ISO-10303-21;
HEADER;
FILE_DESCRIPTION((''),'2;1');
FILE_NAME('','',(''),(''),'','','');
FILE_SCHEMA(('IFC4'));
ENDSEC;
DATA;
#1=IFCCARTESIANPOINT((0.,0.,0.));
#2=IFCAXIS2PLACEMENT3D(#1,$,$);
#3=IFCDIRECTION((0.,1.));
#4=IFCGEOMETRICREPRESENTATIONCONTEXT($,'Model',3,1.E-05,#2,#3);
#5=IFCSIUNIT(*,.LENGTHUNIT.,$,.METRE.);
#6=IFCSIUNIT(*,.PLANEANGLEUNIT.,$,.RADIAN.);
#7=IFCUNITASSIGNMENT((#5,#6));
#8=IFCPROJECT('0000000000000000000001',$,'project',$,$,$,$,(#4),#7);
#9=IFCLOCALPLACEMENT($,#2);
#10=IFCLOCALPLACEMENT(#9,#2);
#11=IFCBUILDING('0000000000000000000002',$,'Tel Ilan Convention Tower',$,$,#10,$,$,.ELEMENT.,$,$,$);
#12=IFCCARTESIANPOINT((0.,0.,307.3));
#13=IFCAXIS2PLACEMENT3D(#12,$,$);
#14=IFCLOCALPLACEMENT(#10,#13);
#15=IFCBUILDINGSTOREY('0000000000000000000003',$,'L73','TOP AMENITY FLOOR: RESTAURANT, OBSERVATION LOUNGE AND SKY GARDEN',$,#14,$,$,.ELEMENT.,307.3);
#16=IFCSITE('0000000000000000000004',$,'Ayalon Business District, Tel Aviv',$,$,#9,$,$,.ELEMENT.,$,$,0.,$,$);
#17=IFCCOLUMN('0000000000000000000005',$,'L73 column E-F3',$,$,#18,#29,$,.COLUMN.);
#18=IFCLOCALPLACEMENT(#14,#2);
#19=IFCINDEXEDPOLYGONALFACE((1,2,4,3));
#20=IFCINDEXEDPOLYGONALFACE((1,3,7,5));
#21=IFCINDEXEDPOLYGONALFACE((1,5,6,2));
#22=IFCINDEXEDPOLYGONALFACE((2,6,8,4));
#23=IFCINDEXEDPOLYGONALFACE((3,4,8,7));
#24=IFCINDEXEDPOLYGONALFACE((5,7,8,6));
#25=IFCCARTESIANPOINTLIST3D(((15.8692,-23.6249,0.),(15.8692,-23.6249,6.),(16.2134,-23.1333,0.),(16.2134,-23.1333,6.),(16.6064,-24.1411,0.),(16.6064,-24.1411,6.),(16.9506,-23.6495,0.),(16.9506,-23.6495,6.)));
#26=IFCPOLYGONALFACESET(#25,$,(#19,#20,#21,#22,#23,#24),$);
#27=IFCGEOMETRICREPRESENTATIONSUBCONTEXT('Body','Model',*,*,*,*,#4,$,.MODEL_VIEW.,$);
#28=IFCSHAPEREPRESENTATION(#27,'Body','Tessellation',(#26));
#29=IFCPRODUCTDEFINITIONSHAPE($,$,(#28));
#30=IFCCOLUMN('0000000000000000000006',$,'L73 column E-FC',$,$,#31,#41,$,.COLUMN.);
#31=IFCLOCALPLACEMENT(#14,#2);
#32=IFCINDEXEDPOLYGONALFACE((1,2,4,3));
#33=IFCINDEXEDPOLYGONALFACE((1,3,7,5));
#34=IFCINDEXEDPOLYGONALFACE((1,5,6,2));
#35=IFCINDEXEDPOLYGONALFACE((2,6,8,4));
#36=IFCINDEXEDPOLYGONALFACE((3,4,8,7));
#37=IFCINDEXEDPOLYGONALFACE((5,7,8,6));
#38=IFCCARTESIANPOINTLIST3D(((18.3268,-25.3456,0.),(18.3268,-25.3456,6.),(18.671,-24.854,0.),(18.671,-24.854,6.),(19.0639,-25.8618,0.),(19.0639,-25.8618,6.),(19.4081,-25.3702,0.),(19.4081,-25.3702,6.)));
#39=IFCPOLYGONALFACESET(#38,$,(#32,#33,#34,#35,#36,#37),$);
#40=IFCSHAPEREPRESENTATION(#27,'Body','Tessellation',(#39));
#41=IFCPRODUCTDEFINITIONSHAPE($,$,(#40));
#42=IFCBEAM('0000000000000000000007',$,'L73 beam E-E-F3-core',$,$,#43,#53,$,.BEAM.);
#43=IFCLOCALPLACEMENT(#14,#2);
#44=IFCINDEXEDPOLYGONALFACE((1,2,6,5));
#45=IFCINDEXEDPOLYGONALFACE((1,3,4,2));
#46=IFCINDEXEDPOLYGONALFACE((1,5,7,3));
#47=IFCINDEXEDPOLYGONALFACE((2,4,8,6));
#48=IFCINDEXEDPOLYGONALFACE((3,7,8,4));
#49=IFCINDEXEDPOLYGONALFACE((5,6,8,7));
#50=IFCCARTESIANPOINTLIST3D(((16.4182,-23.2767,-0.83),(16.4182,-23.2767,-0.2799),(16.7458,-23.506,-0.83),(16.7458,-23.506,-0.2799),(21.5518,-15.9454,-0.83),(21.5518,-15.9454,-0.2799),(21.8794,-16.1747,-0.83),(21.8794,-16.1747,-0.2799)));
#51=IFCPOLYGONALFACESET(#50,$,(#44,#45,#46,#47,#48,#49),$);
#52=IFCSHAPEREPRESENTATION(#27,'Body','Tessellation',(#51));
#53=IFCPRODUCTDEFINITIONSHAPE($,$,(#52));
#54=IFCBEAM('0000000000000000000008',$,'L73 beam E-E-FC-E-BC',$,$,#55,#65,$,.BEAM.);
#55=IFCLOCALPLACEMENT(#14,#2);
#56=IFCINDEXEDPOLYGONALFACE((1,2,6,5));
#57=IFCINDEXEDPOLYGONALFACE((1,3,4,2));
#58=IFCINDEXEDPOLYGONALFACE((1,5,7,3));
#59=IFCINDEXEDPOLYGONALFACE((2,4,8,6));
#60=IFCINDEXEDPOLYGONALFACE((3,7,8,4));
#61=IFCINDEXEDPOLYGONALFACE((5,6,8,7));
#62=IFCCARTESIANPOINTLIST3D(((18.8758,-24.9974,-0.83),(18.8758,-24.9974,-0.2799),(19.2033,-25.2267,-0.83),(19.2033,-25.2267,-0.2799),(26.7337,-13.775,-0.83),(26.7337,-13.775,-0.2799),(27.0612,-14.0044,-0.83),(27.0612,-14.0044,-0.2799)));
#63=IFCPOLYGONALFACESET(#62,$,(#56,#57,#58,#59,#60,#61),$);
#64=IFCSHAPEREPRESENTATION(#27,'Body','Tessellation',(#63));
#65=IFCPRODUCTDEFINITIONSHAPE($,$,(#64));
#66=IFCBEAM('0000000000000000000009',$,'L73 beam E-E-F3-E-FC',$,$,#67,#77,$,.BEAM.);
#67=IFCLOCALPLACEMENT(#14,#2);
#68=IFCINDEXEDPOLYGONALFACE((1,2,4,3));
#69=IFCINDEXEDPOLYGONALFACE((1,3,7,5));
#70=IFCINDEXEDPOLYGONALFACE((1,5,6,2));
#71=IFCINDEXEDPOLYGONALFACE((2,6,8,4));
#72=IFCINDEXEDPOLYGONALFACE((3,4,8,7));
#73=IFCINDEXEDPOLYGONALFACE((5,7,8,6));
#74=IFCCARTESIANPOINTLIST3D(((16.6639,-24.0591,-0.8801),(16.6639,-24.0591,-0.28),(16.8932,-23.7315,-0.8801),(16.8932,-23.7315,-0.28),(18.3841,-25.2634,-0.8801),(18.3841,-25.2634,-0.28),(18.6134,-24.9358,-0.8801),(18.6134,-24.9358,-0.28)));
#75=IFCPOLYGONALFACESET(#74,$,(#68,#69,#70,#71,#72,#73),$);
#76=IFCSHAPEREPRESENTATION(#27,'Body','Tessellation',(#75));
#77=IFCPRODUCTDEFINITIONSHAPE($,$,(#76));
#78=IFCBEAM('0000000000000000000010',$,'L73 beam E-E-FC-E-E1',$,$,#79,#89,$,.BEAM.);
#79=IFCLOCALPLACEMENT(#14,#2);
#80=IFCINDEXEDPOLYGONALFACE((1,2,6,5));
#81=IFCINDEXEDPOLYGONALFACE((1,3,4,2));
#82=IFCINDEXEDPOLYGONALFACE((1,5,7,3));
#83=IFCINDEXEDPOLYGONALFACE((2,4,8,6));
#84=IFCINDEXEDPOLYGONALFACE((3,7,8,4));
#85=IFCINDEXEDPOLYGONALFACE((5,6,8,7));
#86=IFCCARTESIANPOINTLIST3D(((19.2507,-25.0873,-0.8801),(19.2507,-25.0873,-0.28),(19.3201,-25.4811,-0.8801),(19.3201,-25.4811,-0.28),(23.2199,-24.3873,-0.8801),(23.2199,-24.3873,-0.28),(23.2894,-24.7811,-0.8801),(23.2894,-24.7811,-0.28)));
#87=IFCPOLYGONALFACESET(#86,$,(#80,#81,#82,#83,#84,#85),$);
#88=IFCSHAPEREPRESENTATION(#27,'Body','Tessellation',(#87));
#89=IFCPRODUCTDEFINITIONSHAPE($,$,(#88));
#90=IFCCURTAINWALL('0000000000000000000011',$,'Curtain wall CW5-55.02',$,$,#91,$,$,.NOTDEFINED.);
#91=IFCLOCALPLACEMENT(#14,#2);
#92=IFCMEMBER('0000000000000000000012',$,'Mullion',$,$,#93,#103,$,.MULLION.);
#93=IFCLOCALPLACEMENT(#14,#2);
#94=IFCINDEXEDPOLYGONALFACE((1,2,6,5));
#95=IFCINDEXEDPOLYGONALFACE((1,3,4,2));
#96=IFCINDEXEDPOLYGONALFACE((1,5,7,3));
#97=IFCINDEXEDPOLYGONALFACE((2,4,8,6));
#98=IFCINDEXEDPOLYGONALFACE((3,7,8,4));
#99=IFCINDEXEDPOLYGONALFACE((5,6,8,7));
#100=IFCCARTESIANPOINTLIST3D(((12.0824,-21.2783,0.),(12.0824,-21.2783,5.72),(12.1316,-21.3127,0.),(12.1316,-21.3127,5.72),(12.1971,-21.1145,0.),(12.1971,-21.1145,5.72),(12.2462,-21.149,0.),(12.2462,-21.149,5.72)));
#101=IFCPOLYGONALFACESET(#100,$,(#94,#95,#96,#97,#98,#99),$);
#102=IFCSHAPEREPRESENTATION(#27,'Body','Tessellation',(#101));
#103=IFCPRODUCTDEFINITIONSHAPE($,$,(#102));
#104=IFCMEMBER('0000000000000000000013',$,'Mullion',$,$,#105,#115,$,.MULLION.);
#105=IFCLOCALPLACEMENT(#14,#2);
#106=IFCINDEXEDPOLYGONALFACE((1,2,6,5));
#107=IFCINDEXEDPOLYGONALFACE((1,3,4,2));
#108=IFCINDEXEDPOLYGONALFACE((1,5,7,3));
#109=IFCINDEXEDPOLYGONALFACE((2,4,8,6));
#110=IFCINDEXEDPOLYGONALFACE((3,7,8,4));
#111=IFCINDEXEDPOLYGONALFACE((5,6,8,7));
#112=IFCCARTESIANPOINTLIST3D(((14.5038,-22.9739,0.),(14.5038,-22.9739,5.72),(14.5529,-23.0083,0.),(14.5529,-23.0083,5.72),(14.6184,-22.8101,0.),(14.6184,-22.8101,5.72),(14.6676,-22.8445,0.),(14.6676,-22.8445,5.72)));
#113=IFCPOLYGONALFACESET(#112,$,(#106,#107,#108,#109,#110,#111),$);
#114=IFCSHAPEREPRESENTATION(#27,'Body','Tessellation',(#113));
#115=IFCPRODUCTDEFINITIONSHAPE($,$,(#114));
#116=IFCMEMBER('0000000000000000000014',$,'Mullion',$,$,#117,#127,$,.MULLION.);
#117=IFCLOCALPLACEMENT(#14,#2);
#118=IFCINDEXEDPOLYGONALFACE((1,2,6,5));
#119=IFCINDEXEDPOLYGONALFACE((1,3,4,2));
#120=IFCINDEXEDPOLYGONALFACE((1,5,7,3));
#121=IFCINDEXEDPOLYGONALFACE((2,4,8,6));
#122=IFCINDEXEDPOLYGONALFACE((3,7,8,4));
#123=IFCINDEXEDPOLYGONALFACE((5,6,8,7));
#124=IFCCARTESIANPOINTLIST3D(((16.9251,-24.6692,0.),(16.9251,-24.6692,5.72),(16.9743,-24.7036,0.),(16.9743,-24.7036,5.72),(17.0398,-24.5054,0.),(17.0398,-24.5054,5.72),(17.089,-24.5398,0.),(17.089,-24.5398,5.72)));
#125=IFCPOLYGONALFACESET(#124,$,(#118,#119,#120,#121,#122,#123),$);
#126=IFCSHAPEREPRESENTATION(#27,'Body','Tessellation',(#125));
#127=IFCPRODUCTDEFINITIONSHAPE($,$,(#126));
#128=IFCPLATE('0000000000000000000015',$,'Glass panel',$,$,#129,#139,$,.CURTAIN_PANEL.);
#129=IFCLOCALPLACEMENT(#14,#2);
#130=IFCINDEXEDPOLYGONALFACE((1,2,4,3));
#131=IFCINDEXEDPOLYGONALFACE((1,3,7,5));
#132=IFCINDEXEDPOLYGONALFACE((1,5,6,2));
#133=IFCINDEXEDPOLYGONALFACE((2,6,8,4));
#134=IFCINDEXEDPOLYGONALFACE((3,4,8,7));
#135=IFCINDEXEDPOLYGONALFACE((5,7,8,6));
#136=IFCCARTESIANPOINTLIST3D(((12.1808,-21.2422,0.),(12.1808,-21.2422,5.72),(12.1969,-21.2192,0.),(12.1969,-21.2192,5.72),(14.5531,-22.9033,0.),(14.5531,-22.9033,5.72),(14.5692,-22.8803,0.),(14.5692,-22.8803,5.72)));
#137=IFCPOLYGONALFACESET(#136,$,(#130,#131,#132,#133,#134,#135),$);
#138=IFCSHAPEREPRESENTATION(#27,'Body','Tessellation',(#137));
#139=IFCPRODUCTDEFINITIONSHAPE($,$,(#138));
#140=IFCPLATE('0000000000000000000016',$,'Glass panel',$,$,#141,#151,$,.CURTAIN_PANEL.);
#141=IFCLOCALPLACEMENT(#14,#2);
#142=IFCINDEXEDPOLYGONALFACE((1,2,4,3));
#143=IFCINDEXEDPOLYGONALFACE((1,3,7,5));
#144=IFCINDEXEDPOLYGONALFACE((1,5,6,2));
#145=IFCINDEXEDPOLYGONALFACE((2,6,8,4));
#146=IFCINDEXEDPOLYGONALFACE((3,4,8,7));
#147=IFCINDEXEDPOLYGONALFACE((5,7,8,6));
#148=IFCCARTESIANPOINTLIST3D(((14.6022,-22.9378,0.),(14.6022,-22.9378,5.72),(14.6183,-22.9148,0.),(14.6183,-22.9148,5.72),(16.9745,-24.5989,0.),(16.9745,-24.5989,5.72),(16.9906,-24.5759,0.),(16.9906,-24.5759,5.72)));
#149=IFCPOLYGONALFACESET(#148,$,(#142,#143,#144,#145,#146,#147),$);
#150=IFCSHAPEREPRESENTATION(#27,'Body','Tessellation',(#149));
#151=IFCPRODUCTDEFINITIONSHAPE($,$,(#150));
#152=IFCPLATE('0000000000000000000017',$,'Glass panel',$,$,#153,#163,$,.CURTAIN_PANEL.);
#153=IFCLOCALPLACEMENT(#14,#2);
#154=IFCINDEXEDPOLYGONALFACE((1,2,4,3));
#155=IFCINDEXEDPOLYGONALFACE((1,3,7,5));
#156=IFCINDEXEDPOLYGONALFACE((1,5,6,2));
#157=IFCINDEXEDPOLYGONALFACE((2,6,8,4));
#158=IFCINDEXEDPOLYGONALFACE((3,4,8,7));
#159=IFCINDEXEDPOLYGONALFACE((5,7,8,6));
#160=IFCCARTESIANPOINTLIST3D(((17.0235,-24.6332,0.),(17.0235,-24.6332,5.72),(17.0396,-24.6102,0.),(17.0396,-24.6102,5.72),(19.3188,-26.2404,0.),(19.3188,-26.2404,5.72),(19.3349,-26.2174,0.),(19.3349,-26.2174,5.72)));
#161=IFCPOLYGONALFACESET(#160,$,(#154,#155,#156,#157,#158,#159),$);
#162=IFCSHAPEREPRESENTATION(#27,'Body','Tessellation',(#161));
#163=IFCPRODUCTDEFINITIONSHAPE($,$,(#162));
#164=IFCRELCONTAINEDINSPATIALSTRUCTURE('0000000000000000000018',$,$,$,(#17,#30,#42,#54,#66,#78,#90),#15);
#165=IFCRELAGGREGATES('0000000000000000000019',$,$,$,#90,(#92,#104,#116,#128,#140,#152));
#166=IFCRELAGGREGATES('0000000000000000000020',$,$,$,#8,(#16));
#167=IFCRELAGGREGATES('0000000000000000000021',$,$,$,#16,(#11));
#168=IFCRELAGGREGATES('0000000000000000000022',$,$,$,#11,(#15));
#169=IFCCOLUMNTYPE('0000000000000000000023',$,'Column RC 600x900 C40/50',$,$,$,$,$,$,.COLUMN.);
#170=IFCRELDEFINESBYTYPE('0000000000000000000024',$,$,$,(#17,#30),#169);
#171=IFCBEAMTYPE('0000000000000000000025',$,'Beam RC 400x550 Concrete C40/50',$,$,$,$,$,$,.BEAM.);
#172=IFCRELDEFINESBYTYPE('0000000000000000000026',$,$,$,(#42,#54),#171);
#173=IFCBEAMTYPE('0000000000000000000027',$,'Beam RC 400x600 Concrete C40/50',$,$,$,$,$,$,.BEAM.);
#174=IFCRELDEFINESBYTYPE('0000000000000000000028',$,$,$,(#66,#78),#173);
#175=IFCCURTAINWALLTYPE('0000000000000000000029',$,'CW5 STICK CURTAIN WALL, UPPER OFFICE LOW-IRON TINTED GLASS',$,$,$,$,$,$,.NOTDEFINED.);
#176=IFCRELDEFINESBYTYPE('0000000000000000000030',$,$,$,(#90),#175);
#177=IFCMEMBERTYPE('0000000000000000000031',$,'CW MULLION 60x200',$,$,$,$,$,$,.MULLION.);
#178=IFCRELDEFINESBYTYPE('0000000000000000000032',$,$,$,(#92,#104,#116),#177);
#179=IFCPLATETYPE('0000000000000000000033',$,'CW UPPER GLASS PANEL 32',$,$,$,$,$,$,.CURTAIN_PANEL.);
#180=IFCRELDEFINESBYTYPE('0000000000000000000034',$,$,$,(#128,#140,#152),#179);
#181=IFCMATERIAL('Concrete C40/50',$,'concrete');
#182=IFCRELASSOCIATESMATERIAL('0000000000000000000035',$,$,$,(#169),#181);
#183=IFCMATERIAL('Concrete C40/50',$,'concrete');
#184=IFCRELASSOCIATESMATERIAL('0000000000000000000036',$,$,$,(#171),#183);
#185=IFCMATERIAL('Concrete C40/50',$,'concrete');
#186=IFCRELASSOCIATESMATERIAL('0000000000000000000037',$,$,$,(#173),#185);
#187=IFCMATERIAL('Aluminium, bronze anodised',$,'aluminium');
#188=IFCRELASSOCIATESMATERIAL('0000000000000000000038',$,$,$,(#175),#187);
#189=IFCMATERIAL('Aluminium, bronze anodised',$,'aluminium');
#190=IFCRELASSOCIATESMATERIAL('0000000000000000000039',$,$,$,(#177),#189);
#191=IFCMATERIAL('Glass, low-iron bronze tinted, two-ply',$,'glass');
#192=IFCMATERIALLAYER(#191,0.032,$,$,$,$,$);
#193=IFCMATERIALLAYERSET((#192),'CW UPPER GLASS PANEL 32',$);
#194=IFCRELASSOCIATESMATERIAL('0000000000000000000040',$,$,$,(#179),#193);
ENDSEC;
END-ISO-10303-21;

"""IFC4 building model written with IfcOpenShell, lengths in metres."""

from ifc_helpers import new_model, si_unit, direction, frame, origin, origin_2d, place, context, subcontext, project, spatial, rectangle, extrude, material, layer, layer_set, material_profile, profile_set, type_object, element, aggregate, save


model = new_model("IFC4")

# Units and contexts
model_context = context("Model", 3, precision=1e-05, world=origin(), true_north=direction((0.0, 1.0)))
body_context = subcontext(model_context, "Body", "Model", "MODEL_VIEW")
ifc_project = project(units=[si_unit("LENGTHUNIT", "METRE"), si_unit("PLANEANGLEUNIT", "RADIAN")], contexts=[model_context])

# Site, building, storey
site_placement = place(None, origin())
site = spatial("IfcSite", under=ifc_project, at=site_placement, Name="Ayalon Business District, Tel Aviv", CompositionType="ELEMENT", RefElevation=0.0)
building_placement = place(site_placement, origin())
building = spatial("IfcBuilding", under=site, at=building_placement, Name="Tel Ilan Convention Tower", CompositionType="ELEMENT")
storey_placement = place(building_placement, frame((0.0, 0.0, 307.3)))
storey = spatial("IfcBuildingStorey", under=building, at=storey_placement, Name="L73", Description="TOP AMENITY FLOOR: RESTAURANT, OBSERVATION LOUNGE AND SKY GARDEN", CompositionType="ELEMENT", Elevation=307.3)

# Columns
ifc_material_1 = material(Name="Concrete C40/50", Category="concrete")
ifc_material_profile_1 = material_profile(ifc_material_1, rectangle(XDim=0.8999, YDim=0.6001, at=origin_2d()), Name="RC 600x900")
ifc_profile_set_1 = profile_set([ifc_material_profile_1], Name="Concrete C40/50")
column_type = type_object("IfcColumnType", Name="Column RC 600x900 C40/50", PredefinedType="COLUMN", material=ifc_profile_set_1)
for number, where, z_axis, x_axis, name in (
    (1, (16.4099, -23.6372, 0.0), (0.0, 0.0, 1.0), (0.819152, -0.573576, 0.0), "L73 column E-F3"),
    (2, (18.8674, -25.3579, 0.0), (0.0, 0.0, 1.0), (0.819152, -0.573576, 0.0), "L73 column E-FC"),
):
    element("IfcColumn", number, at=place(storey_placement, frame(where, z_axis=z_axis, x_axis=x_axis)), inside=storey, type_object=column_type, Name=name, PredefinedType="COLUMN", context=body_context, shape_type="SweptSolid", body=[
        extrude(rectangle(XDim=0.8999, YDim=0.6001, at=origin_2d()), origin(), (0.0, 0.0, 1.0), 6.0),
    ])

# Beams
ifc_material_2 = material(Name="Concrete C40/50", Category="concrete")
ifc_material_profile_2 = material_profile(ifc_material_2, rectangle(XDim=0.3999, YDim=0.55, at=origin_2d()), Name="RC 400x550")
ifc_profile_set_2 = profile_set([ifc_material_profile_2], Name="Concrete C40/50")
beam_type_1 = type_object("IfcBeamType", Name="Beam RC 400x550 Concrete C40/50", PredefinedType="BEAM", material=ifc_profile_set_2)
beam_1_placement = place(storey_placement, frame((16.582, -23.3914, -0.5549), z_axis=(0.573585, 0.819146, 0.0), x_axis=(-0.819146, 0.573585, 0.0)))
element("IfcBeam", 3, at=beam_1_placement, inside=storey, type_object=beam_type_1, Name="L73 beam E-E-F3-core", PredefinedType="BEAM", context=body_context, shape_type="SweptSolid", body=[
    extrude(rectangle(XDim=0.3999, YDim=0.55, at=origin_2d()), origin(), (0.0, 0.0, 1.0), 8.95),
])
beam_2_placement = place(storey_placement, frame((19.0396, -25.1121, -0.5549), z_axis=(0.573571, 0.819156, 0.0), x_axis=(-0.819156, 0.573571, 0.0)))
element("IfcBeam", 4, at=beam_2_placement, inside=storey, type_object=beam_type_1, Name="L73 beam E-E-FC-E-BC", PredefinedType="BEAM", context=body_context, shape_type="SweptSolid", body=[
    extrude(rectangle(XDim=0.3999, YDim=0.55, at=origin_2d()), origin(), (0.0, 0.0, 1.0), 13.7),
])
ifc_material_3 = material(Name="Concrete C40/50", Category="concrete")
ifc_material_profile_3 = material_profile(ifc_material_3, rectangle(XDim=0.3999, YDim=0.6001, at=origin_2d()), Name="RC 400x600")
ifc_profile_set_3 = profile_set([ifc_material_profile_3], Name="Concrete C40/50")
beam_type_2 = type_object("IfcBeamType", Name="Beam RC 400x600 Concrete C40/50", PredefinedType="BEAM", material=ifc_profile_set_3)
beam_3_placement = place(storey_placement, frame((16.7786, -23.8953, -0.5801), z_axis=(0.819188, -0.573525, 0.0), x_axis=(0.573525, 0.819188, 0.0)))
element("IfcBeam", 5, at=beam_3_placement, inside=storey, type_object=beam_type_2, Name="L73 beam E-E-F3-E-FC", PredefinedType="BEAM", context=body_context, shape_type="SweptSolid", body=[
    extrude(rectangle(XDim=0.3999, YDim=0.6001, at=origin_2d()), origin(), (0.0, 0.0, 1.0), 2.0999),
])
beam_4_placement = place(storey_placement, frame((19.2854, -25.2842, -0.5801), z_axis=(0.984805, 0.173664, 0.0), x_axis=(-0.173664, 0.984805, 0.0)))
element("IfcBeam", 6, at=beam_4_placement, inside=storey, type_object=beam_type_2, Name="L73 beam E-E-FC-E-E1", PredefinedType="BEAM", context=body_context, shape_type="SweptSolid", body=[
    extrude(rectangle(XDim=0.3999, YDim=0.6001, at=origin_2d()), origin(), (0.0, 0.0, 1.0), 4.0305),
])

# Curtain wall, members, plates
ifc_material_4 = material(Name="Aluminium, bronze anodised", Category="aluminium")
curtain_wall_type = type_object("IfcCurtainWallType", Name="CW5 STICK CURTAIN WALL, UPPER OFFICE LOW-IRON TINTED GLASS", PredefinedType="NOTDEFINED", material=ifc_material_4)
curtain_wall_placement = place(storey_placement, origin())
curtain_wall = element("IfcCurtainWall", 7, at=curtain_wall_placement, inside=storey, type_object=curtain_wall_type, Name="Curtain wall CW5-55.02", PredefinedType="NOTDEFINED")
ifc_material_5 = material(Name="Aluminium, bronze anodised", Category="aluminium")
ifc_material_profile_4 = material_profile(ifc_material_5, rectangle(XDim=0.0601, YDim=0.2, at=origin_2d()), Name="CW MULLION 60x200")
ifc_profile_set_4 = profile_set([ifc_material_profile_4], Name="Aluminium, bronze anodised")
member_type = type_object("IfcMemberType", Name="CW MULLION 60x200", PredefinedType="MULLION", material=ifc_profile_set_4)
member_1_placement = place(storey_placement, frame((12.1643, -21.2136, 0.0), z_axis=(0.0, 0.0, 1.0), x_axis=(0.819152, -0.573576, 0.0)))
member_1 = element("IfcMember", 8, at=member_1_placement, type_object=member_type, Name="Mullion", PredefinedType="MULLION", context=body_context, shape_type="SweptSolid", body=[
    extrude(rectangle(XDim=0.0601, YDim=0.2, at=origin_2d()), origin(), (0.0, 0.0, 1.0), 5.72),
])
member_2_placement = place(storey_placement, frame((14.5857, -22.9092, 0.0), z_axis=(0.0, 0.0, 1.0), x_axis=(0.819152, -0.573576, 0.0)))
member_2 = element("IfcMember", 9, at=member_2_placement, type_object=member_type, Name="Mullion", PredefinedType="MULLION", context=body_context, shape_type="SweptSolid", body=[
    extrude(rectangle(XDim=0.0601, YDim=0.2, at=origin_2d()), origin(), (0.0, 0.0, 1.0), 5.72),
])
member_3_placement = place(storey_placement, frame((17.0071, -24.6045, 0.0), z_axis=(0.0, 0.0, 1.0), x_axis=(0.819152, -0.573576, 0.0)))
member_3 = element("IfcMember", 10, at=member_3_placement, type_object=member_type, Name="Mullion", PredefinedType="MULLION", context=body_context, shape_type="SweptSolid", body=[
    extrude(rectangle(XDim=0.0601, YDim=0.2, at=origin_2d()), origin(), (0.0, 0.0, 1.0), 5.72),
])
ifc_material_6 = material(Name="Glass, low-iron bronze tinted, two-ply", Category="glass")
ifc_layer_1 = layer(ifc_material_6, 0.032)
ifc_layer_set_1 = layer_set([ifc_layer_1], Name="CW UPPER GLASS PANEL 32")
plate_type = type_object("IfcPlateType", Name="CW UPPER GLASS PANEL 32", PredefinedType="CURTAIN_PANEL", material=ifc_layer_set_1)
plate_1_placement = place(storey_placement, frame((13.375, -22.0613, 0.0), z_axis=(0.0, 0.0, 1.0), x_axis=(0.819152, -0.573576, 0.0)))
plate_1 = element("IfcPlate", 11, at=plate_1_placement, type_object=plate_type, Name="Glass panel", PredefinedType="CURTAIN_PANEL", context=body_context, shape_type="SweptSolid", body=[
    extrude(rectangle(XDim=2.896, YDim=0.0281, at=origin_2d()), origin(), (0.0, 0.0, 1.0), 5.72),
])
plate_2_placement = place(storey_placement, frame((15.7964, -23.7568, 0.0), z_axis=(0.0, 0.0, 1.0), x_axis=(0.819152, -0.573576, 0.0)))
plate_2 = element("IfcPlate", 12, at=plate_2_placement, type_object=plate_type, Name="Glass panel", PredefinedType="CURTAIN_PANEL", context=body_context, shape_type="SweptSolid", body=[
    extrude(rectangle(XDim=2.896, YDim=0.0281, at=origin_2d()), origin(), (0.0, 0.0, 1.0), 5.72),
])
plate_3_placement = place(storey_placement, frame((18.1792, -25.4253, 0.0), z_axis=(0.0, 0.0, 1.0), x_axis=(0.819152, -0.573576, 0.0)))
plate_3 = element("IfcPlate", 13, at=plate_3_placement, type_object=plate_type, Name="Glass panel", PredefinedType="CURTAIN_PANEL", context=body_context, shape_type="SweptSolid", body=[
    extrude(rectangle(XDim=2.802, YDim=0.0281, at=origin_2d()), origin(), (0.0, 0.0, 1.0), 5.72),
])
aggregate(curtain_wall, [member_1, member_2, member_3, plate_1, plate_2, plate_3])

save(model, "model.ifc")
